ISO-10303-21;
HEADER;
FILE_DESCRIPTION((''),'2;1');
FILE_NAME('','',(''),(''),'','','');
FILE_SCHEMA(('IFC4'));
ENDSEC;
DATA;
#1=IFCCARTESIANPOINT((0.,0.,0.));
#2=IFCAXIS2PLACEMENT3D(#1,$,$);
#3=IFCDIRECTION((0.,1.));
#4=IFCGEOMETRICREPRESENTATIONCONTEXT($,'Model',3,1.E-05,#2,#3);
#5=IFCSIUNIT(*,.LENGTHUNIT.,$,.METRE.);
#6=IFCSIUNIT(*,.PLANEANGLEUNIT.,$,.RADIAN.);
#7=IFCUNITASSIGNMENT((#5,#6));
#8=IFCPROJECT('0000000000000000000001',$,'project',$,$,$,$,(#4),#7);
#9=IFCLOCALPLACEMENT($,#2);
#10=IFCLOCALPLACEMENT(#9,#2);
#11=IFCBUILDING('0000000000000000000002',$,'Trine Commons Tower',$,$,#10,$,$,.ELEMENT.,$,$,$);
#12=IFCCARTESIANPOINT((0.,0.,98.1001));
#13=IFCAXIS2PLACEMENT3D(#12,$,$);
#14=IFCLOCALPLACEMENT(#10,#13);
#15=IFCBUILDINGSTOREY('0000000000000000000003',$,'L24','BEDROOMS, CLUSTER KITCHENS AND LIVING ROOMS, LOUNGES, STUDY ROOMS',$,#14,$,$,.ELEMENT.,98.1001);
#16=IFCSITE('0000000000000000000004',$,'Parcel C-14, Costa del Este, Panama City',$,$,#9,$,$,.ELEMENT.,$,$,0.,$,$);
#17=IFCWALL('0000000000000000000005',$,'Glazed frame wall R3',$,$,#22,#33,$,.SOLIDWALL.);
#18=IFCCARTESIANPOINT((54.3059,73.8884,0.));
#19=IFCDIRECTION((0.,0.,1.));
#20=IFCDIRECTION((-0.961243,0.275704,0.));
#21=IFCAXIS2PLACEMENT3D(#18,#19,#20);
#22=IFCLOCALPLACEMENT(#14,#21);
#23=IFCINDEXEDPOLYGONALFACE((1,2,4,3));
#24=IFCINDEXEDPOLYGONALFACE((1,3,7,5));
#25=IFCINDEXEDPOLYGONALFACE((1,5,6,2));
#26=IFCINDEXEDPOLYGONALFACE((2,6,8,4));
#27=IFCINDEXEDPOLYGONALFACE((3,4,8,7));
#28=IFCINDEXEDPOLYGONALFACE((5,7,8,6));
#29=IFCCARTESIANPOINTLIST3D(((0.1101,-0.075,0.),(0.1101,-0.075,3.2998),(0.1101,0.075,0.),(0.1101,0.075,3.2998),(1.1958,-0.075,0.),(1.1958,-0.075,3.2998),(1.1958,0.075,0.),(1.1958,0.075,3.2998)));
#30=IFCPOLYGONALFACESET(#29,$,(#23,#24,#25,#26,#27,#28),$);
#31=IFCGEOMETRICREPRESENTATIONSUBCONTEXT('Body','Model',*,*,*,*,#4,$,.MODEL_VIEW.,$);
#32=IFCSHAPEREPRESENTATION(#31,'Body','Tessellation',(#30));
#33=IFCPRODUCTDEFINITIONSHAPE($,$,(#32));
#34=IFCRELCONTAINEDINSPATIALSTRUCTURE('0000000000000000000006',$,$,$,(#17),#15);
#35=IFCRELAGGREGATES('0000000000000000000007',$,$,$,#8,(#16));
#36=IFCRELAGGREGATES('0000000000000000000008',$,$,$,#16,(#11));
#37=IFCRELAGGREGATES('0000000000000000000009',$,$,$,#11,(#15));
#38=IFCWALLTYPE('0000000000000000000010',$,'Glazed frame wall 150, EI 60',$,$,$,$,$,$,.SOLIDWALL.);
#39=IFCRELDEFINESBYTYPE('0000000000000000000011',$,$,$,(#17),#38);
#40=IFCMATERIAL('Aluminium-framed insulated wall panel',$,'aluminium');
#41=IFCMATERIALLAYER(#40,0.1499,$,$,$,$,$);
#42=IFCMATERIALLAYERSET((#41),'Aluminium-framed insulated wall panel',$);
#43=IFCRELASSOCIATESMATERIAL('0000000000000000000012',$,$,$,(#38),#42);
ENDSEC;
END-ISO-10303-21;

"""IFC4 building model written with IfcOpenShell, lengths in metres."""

from ifc_helpers import new_model, si_unit, direction, frame, origin, place, context, subcontext, project, spatial, polyline, outline, extrude, material, layer, layer_set, type_object, element, save


model = new_model("IFC4")

# Units and contexts
model_context = context("Model", 3, precision=1e-05, world=origin(), true_north=direction((0.0, 1.0)))
body_context = subcontext(model_context, "Body", "Model", "MODEL_VIEW")
ifc_project = project(units=[si_unit("LENGTHUNIT", "METRE"), si_unit("PLANEANGLEUNIT", "RADIAN")], contexts=[model_context])

# Site, building, storey
site_placement = place(None, origin())
site = spatial("IfcSite", under=ifc_project, at=site_placement, Name="Parcel C-14, Costa del Este, Panama City", CompositionType="ELEMENT", RefElevation=0.0)
building_placement = place(site_placement, origin())
building = spatial("IfcBuilding", under=site, at=building_placement, Name="Trine Commons Tower", CompositionType="ELEMENT")
storey_placement = place(building_placement, frame((0.0, 0.0, 98.1001)))
storey = spatial("IfcBuildingStorey", under=building, at=storey_placement, Name="L24", Description="BEDROOMS, CLUSTER KITCHENS AND LIVING ROOMS, LOUNGES, STUDY ROOMS", CompositionType="ELEMENT", Elevation=98.1001)

# Wall
ifc_material_1 = material(Name="Aluminium-framed insulated wall panel", Category="aluminium")
ifc_layer_1 = layer(ifc_material_1, 0.1499)
ifc_layer_set_1 = layer_set([ifc_layer_1], Name="Aluminium-framed insulated wall panel")
wall_type_1 = type_object("IfcWallType", Name="Glazed frame wall 150, EI 60", PredefinedType="SOLIDWALL", material=ifc_layer_set_1)
wall_1_placement = place(storey_placement, frame((54.3059, 73.8884, 0.0), z_axis=(0.0, 0.0, 1.0), x_axis=(-0.961243, 0.275704, 0.0)))
element("IfcWall", 1, at=wall_1_placement, inside=storey, type_object=wall_type_1, Name="Glazed frame wall R3", PredefinedType="SOLIDWALL", context=body_context, shape_type="SweptSolid", body=[
    extrude(outline(polyline([(0.1101, 0.075), (0.1101, -0.075), (1.1958, -0.075), (1.1958, 0.075), (0.1101, 0.075)])), origin(), (0.0, 0.0, 1.0), 3.2998),
])

save(model, "model.ifc")
